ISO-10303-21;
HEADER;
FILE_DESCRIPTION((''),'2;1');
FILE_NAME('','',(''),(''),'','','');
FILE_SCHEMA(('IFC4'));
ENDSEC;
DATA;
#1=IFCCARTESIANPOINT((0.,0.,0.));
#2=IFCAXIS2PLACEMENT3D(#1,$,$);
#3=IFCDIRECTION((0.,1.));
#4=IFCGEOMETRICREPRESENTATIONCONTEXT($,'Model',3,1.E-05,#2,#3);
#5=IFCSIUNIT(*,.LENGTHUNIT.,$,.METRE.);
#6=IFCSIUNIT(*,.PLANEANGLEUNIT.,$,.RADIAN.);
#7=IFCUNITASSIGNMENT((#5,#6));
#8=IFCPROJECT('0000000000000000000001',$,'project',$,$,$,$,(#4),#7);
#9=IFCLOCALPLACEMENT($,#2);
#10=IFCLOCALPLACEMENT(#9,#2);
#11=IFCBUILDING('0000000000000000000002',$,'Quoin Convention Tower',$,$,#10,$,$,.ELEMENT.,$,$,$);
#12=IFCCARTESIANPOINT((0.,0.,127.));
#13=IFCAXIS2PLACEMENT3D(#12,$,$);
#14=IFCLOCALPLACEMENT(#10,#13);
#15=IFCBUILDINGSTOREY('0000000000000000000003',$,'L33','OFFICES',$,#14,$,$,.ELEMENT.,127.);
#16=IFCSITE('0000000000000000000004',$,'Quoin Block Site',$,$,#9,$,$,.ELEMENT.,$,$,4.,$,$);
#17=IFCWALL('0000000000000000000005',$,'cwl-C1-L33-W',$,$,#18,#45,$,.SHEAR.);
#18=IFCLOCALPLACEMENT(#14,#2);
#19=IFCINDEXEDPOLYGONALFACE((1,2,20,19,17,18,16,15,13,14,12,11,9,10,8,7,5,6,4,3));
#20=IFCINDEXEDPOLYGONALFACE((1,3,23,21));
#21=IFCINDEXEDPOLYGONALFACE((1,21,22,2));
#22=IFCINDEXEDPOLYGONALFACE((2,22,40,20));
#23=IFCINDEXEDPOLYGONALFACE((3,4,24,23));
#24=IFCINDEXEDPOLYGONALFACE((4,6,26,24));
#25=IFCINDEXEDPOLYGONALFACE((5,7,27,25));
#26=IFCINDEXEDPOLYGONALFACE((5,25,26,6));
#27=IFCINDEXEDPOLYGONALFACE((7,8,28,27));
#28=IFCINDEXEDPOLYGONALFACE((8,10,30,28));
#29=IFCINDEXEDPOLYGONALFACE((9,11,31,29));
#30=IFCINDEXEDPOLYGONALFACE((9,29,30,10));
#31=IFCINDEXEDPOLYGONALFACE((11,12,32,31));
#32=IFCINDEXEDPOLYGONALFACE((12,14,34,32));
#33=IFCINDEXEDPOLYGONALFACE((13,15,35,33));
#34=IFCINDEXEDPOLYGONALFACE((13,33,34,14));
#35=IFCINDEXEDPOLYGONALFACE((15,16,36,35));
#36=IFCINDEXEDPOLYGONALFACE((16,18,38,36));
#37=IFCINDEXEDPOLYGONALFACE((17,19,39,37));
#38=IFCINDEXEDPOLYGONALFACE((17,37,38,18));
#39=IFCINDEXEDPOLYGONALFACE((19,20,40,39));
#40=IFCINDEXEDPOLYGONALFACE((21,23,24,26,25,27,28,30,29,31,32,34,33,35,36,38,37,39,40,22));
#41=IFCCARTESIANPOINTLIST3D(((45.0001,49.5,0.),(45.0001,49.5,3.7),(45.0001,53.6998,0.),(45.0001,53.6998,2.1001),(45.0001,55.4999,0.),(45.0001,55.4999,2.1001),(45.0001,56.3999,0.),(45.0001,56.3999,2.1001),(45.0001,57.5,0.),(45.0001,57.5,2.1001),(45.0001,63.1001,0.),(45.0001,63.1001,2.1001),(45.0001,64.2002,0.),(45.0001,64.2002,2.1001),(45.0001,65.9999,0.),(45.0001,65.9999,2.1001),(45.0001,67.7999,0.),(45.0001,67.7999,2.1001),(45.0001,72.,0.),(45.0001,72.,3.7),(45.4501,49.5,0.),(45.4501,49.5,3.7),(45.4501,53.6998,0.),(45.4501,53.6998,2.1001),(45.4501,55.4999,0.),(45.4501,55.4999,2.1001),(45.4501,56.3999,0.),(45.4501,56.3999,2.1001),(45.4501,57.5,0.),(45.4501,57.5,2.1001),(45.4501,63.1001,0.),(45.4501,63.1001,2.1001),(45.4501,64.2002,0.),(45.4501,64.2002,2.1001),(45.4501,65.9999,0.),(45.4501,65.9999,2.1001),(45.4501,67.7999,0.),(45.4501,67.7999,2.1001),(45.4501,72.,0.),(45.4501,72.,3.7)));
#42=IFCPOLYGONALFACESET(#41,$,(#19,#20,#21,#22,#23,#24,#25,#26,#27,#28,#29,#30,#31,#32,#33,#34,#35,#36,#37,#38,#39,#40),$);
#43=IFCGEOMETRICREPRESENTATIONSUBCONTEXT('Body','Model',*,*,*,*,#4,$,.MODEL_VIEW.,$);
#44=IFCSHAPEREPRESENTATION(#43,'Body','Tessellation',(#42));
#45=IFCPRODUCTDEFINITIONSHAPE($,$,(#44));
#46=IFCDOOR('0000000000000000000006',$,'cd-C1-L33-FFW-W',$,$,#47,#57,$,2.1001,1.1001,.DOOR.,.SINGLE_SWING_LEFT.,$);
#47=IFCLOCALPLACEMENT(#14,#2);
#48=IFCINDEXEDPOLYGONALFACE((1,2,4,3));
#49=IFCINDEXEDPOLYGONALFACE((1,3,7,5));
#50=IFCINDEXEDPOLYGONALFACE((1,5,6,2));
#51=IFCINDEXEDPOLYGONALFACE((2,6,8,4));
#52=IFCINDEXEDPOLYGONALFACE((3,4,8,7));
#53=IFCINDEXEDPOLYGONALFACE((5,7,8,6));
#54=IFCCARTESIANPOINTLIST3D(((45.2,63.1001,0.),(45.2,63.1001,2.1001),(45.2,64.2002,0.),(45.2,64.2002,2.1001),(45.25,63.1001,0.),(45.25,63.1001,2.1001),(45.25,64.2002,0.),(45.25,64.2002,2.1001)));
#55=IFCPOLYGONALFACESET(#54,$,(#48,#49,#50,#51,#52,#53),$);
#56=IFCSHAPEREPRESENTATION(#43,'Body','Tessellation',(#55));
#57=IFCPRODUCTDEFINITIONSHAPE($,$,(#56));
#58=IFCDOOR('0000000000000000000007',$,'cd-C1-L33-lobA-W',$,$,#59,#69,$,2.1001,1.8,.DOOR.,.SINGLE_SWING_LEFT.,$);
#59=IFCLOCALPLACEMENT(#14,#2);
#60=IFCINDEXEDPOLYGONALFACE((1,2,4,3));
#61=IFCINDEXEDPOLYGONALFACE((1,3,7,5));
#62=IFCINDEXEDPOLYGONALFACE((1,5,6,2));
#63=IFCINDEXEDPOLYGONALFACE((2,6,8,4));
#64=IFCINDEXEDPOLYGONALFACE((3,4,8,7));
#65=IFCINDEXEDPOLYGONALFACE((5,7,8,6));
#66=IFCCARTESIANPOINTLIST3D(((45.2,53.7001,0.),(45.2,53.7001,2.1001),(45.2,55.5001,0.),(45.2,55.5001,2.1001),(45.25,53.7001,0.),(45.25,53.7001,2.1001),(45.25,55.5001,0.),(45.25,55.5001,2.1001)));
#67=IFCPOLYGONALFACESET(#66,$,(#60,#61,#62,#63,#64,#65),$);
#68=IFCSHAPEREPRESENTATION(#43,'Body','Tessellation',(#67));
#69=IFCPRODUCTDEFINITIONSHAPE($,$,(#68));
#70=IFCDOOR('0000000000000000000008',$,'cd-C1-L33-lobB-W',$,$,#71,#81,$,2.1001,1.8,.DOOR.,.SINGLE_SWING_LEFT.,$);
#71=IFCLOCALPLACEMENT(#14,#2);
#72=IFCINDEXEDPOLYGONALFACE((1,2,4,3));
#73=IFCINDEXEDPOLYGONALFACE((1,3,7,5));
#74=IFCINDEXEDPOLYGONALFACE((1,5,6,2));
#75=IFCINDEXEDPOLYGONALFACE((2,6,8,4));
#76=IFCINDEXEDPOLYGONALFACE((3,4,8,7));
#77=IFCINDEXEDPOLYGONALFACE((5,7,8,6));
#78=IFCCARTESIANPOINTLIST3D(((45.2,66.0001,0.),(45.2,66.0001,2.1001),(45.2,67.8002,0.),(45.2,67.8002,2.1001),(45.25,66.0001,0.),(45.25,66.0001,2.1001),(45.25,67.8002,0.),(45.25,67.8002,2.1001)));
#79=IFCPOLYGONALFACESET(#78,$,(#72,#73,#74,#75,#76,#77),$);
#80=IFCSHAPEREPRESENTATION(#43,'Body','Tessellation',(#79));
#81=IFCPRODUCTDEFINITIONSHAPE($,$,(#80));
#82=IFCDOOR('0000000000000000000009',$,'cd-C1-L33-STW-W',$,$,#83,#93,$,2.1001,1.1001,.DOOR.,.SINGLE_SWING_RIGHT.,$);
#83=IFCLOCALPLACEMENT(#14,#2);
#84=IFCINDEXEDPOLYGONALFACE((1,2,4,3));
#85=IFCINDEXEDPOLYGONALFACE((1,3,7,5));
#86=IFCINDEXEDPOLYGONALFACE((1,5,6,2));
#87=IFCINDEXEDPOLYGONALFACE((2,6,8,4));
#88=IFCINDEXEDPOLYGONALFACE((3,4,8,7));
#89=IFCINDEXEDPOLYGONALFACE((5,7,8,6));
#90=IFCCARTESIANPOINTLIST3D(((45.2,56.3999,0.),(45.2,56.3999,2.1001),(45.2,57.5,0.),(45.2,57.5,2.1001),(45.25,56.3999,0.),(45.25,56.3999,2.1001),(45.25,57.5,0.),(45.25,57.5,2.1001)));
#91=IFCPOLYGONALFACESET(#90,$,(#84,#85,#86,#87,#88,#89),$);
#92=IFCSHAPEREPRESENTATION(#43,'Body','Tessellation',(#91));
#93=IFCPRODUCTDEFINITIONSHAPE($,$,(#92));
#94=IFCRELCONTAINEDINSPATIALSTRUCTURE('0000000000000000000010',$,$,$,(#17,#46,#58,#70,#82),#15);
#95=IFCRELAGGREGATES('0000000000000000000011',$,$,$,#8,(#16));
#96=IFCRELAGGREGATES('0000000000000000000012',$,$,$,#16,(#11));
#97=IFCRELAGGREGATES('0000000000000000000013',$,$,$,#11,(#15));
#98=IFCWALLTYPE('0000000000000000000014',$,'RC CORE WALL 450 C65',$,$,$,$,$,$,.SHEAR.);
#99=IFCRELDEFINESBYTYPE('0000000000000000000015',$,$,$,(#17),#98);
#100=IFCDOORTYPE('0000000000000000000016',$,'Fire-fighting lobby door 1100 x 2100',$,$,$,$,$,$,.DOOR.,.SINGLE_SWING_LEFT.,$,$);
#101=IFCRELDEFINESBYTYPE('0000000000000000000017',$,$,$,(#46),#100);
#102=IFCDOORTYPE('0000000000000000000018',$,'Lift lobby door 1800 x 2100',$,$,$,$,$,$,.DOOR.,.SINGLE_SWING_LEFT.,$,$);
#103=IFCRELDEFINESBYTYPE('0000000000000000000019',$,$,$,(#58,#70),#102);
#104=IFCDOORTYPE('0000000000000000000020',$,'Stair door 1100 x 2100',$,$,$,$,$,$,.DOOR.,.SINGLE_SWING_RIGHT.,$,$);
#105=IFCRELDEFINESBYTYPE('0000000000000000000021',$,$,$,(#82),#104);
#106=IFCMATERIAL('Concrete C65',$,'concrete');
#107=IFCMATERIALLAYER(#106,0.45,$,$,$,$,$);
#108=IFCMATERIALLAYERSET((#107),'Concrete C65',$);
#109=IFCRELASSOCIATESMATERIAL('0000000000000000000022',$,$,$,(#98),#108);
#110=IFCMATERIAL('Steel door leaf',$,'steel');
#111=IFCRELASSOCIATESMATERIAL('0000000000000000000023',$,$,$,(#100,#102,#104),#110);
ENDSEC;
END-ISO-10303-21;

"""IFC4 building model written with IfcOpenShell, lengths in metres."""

from ifc_helpers import new_model, si_unit, direction, frame, frame_2d, origin, place, context, subcontext, project, spatial, rectangle, extrude, material, layer, layer_set, type_object, element, fill, save


model = new_model("IFC4")

# Units and contexts
model_context = context("Model", 3, precision=1e-05, world=origin(), true_north=direction((0.0, 1.0)))
body_context = subcontext(model_context, "Body", "Model", "MODEL_VIEW")
ifc_project = project(units=[si_unit("LENGTHUNIT", "METRE"), si_unit("PLANEANGLEUNIT", "RADIAN")], contexts=[model_context])

# Site, building, storey
site_placement = place(None, origin())
site = spatial("IfcSite", under=ifc_project, at=site_placement, Name="Quoin Block Site", CompositionType="ELEMENT", RefElevation=4.0)
building_placement = place(site_placement, origin())
building = spatial("IfcBuilding", under=site, at=building_placement, Name="Quoin Convention Tower", CompositionType="ELEMENT")
storey_placement = place(building_placement, frame((0.0, 0.0, 127.0)))
storey = spatial("IfcBuildingStorey", under=building, at=storey_placement, Name="L33", Description="OFFICES", CompositionType="ELEMENT", Elevation=127.0)

# Shared definitions
ifc_material_1 = material(Name="Steel door leaf", Category="steel")

# Shared definitions
ifc_material_2 = material(Name="Concrete C65", Category="concrete")
ifc_layer_1 = layer(ifc_material_2, 0.45)
ifc_layer_set_1 = layer_set([ifc_layer_1], Name="Concrete C65")
wall_type_1 = type_object("IfcWallType", Name="RC CORE WALL 450 C65", PredefinedType="SHEAR", material=ifc_layer_set_1)

# Wall, openings, doors
wall_1_placement = place(storey_placement, frame((45.2251, 49.5, 0.0), z_axis=(0.0, 0.0, 1.0), x_axis=(0.0, 1.0, 0.0)))
wall_1 = element("IfcWall", 1, at=wall_1_placement, inside=storey, type_object=wall_type_1, Name="cwl-C1-L33-W", PredefinedType="SHEAR", context=body_context, shape_type="SweptSolid", body=[
    extrude(rectangle(XDim=22.5, YDim=0.45, at=frame_2d((11.25, 0.0))), origin(), (0.0, 0.0, 1.0), 3.7),
])
opening_1_placement = place(wall_1_placement, frame((4.2, 0.0, 0.0)))
opening_1 = element("IfcOpeningElement", 2, at=opening_1_placement, cuts=wall_1, PredefinedType="OPENING", context=body_context, shape_type="SweptSolid", body=[
    extrude(rectangle(XDim=1.8, YDim=2.1001, at=frame_2d((0.8999, 1.05))), frame((0.0, 0.2349, 0.0), z_axis=(0.0, -1.0, 0.0), x_axis=(1.0, 0.0, 0.0)), (0.0, 0.0, 1.0), 0.47),
])
opening_2_placement = place(wall_1_placement, frame((6.8999, 0.0, 0.0)))
opening_2 = element("IfcOpeningElement", 3, at=opening_2_placement, cuts=wall_1, PredefinedType="OPENING", context=body_context, shape_type="SweptSolid", body=[
    extrude(rectangle(XDim=1.1001, YDim=2.1001, at=frame_2d((0.55, 1.05))), frame((0.0, 0.2349, 0.0), z_axis=(0.0, -1.0, 0.0), x_axis=(1.0, 0.0, 0.0)), (0.0, 0.0, 1.0), 0.47),
])
opening_3_placement = place(wall_1_placement, frame((13.6001, 0.0, 0.0)))
opening_3 = element("IfcOpeningElement", 4, at=opening_3_placement, cuts=wall_1, PredefinedType="OPENING", context=body_context, shape_type="SweptSolid", body=[
    extrude(rectangle(XDim=1.1001, YDim=2.1001, at=frame_2d((0.55, 1.05))), frame((0.0, 0.2349, 0.0), z_axis=(0.0, -1.0, 0.0), x_axis=(1.0, 0.0, 0.0)), (0.0, 0.0, 1.0), 0.47),
])
opening_4_placement = place(wall_1_placement, frame((16.5, 0.0, 0.0)))
opening_4 = element("IfcOpeningElement", 5, at=opening_4_placement, cuts=wall_1, PredefinedType="OPENING", context=body_context, shape_type="SweptSolid", body=[
    extrude(rectangle(XDim=1.8, YDim=2.1001, at=frame_2d((0.8999, 1.05))), frame((0.0, 0.2349, 0.0), z_axis=(0.0, -1.0, 0.0), x_axis=(1.0, 0.0, 0.0)), (0.0, 0.0, 1.0), 0.47),
])
door_type_1 = type_object("IfcDoorType", Name="Fire-fighting lobby door 1100 x 2100", OperationType="SINGLE_SWING_LEFT", PredefinedType="DOOR", material=ifc_material_1)
door_1_placement = place(opening_3_placement, frame((1.1001, 0.0, 0.0), z_axis=(0.0, 0.0, 1.0), x_axis=(-1.0, 0.0, 0.0)))
door_1 = element("IfcDoor", 6, at=door_1_placement, inside=storey, type_object=door_type_1, Name="cd-C1-L33-FFW-W", OperationType="SINGLE_SWING_LEFT", OverallHeight=2.1001, OverallWidth=1.1001, PredefinedType="DOOR", context=body_context, shape_type="SweptSolid", body=[
    extrude(rectangle(XDim=1.1001, YDim=2.1001, at=frame_2d((0.55, 1.05))), frame((0.0, 0.0249, 0.0), z_axis=(0.0, -1.0, 0.0), x_axis=(1.0, 0.0, 0.0)), (0.0, 0.0, 1.0), 0.05),
])
fill(opening_3, door_1)
door_type_2 = type_object("IfcDoorType", Name="Lift lobby door 1800 x 2100", OperationType="SINGLE_SWING_LEFT", PredefinedType="DOOR", material=ifc_material_1)
door_2_placement = place(opening_1_placement, frame((1.8, 0.0, 0.0), z_axis=(0.0, 0.0, 1.0), x_axis=(-1.0, 0.0, 0.0)))
door_2 = element("IfcDoor", 7, at=door_2_placement, inside=storey, type_object=door_type_2, Name="cd-C1-L33-lobA-W", OperationType="SINGLE_SWING_LEFT", OverallHeight=2.1001, OverallWidth=1.8, PredefinedType="DOOR", context=body_context, shape_type="SweptSolid", body=[
    extrude(rectangle(XDim=1.8, YDim=2.1001, at=frame_2d((0.8999, 1.05))), frame((0.0, 0.0249, 0.0), z_axis=(0.0, -1.0, 0.0), x_axis=(1.0, 0.0, 0.0)), (0.0, 0.0, 1.0), 0.05),
])
fill(opening_1, door_2)
door_3_placement = place(opening_4_placement, frame((1.8, 0.0, 0.0), z_axis=(0.0, 0.0, 1.0), x_axis=(-1.0, 0.0, 0.0)))
door_3 = element("IfcDoor", 8, at=door_3_placement, inside=storey, type_object=door_type_2, Name="cd-C1-L33-lobB-W", OperationType="SINGLE_SWING_LEFT", OverallHeight=2.1001, OverallWidth=1.8, PredefinedType="DOOR", context=body_context, shape_type="SweptSolid", body=[
    extrude(rectangle(XDim=1.8, YDim=2.1001, at=frame_2d((0.8999, 1.05))), frame((0.0, 0.0249, 0.0), z_axis=(0.0, -1.0, 0.0), x_axis=(1.0, 0.0, 0.0)), (0.0, 0.0, 1.0), 0.05),
])
fill(opening_4, door_3)
door_type_3 = type_object("IfcDoorType", Name="Stair door 1100 x 2100", OperationType="SINGLE_SWING_RIGHT", PredefinedType="DOOR", material=ifc_material_1)
door_4_placement = place(opening_2_placement, frame((1.1001, 0.0, 0.0), z_axis=(0.0, 0.0, 1.0), x_axis=(-1.0, 0.0, 0.0)))
door_4 = element("IfcDoor", 9, at=door_4_placement, inside=storey, type_object=door_type_3, Name="cd-C1-L33-STW-W", OperationType="SINGLE_SWING_RIGHT", OverallHeight=2.1001, OverallWidth=1.1001, PredefinedType="DOOR", context=body_context, shape_type="SweptSolid", body=[
    extrude(rectangle(XDim=1.1001, YDim=2.1001, at=frame_2d((0.55, 1.05))), frame((0.0, 0.0249, 0.0), z_axis=(0.0, -1.0, 0.0), x_axis=(1.0, 0.0, 0.0)), (0.0, 0.0, 1.0), 0.05),
])
fill(opening_2, door_4)

save(model, "model.ifc")
